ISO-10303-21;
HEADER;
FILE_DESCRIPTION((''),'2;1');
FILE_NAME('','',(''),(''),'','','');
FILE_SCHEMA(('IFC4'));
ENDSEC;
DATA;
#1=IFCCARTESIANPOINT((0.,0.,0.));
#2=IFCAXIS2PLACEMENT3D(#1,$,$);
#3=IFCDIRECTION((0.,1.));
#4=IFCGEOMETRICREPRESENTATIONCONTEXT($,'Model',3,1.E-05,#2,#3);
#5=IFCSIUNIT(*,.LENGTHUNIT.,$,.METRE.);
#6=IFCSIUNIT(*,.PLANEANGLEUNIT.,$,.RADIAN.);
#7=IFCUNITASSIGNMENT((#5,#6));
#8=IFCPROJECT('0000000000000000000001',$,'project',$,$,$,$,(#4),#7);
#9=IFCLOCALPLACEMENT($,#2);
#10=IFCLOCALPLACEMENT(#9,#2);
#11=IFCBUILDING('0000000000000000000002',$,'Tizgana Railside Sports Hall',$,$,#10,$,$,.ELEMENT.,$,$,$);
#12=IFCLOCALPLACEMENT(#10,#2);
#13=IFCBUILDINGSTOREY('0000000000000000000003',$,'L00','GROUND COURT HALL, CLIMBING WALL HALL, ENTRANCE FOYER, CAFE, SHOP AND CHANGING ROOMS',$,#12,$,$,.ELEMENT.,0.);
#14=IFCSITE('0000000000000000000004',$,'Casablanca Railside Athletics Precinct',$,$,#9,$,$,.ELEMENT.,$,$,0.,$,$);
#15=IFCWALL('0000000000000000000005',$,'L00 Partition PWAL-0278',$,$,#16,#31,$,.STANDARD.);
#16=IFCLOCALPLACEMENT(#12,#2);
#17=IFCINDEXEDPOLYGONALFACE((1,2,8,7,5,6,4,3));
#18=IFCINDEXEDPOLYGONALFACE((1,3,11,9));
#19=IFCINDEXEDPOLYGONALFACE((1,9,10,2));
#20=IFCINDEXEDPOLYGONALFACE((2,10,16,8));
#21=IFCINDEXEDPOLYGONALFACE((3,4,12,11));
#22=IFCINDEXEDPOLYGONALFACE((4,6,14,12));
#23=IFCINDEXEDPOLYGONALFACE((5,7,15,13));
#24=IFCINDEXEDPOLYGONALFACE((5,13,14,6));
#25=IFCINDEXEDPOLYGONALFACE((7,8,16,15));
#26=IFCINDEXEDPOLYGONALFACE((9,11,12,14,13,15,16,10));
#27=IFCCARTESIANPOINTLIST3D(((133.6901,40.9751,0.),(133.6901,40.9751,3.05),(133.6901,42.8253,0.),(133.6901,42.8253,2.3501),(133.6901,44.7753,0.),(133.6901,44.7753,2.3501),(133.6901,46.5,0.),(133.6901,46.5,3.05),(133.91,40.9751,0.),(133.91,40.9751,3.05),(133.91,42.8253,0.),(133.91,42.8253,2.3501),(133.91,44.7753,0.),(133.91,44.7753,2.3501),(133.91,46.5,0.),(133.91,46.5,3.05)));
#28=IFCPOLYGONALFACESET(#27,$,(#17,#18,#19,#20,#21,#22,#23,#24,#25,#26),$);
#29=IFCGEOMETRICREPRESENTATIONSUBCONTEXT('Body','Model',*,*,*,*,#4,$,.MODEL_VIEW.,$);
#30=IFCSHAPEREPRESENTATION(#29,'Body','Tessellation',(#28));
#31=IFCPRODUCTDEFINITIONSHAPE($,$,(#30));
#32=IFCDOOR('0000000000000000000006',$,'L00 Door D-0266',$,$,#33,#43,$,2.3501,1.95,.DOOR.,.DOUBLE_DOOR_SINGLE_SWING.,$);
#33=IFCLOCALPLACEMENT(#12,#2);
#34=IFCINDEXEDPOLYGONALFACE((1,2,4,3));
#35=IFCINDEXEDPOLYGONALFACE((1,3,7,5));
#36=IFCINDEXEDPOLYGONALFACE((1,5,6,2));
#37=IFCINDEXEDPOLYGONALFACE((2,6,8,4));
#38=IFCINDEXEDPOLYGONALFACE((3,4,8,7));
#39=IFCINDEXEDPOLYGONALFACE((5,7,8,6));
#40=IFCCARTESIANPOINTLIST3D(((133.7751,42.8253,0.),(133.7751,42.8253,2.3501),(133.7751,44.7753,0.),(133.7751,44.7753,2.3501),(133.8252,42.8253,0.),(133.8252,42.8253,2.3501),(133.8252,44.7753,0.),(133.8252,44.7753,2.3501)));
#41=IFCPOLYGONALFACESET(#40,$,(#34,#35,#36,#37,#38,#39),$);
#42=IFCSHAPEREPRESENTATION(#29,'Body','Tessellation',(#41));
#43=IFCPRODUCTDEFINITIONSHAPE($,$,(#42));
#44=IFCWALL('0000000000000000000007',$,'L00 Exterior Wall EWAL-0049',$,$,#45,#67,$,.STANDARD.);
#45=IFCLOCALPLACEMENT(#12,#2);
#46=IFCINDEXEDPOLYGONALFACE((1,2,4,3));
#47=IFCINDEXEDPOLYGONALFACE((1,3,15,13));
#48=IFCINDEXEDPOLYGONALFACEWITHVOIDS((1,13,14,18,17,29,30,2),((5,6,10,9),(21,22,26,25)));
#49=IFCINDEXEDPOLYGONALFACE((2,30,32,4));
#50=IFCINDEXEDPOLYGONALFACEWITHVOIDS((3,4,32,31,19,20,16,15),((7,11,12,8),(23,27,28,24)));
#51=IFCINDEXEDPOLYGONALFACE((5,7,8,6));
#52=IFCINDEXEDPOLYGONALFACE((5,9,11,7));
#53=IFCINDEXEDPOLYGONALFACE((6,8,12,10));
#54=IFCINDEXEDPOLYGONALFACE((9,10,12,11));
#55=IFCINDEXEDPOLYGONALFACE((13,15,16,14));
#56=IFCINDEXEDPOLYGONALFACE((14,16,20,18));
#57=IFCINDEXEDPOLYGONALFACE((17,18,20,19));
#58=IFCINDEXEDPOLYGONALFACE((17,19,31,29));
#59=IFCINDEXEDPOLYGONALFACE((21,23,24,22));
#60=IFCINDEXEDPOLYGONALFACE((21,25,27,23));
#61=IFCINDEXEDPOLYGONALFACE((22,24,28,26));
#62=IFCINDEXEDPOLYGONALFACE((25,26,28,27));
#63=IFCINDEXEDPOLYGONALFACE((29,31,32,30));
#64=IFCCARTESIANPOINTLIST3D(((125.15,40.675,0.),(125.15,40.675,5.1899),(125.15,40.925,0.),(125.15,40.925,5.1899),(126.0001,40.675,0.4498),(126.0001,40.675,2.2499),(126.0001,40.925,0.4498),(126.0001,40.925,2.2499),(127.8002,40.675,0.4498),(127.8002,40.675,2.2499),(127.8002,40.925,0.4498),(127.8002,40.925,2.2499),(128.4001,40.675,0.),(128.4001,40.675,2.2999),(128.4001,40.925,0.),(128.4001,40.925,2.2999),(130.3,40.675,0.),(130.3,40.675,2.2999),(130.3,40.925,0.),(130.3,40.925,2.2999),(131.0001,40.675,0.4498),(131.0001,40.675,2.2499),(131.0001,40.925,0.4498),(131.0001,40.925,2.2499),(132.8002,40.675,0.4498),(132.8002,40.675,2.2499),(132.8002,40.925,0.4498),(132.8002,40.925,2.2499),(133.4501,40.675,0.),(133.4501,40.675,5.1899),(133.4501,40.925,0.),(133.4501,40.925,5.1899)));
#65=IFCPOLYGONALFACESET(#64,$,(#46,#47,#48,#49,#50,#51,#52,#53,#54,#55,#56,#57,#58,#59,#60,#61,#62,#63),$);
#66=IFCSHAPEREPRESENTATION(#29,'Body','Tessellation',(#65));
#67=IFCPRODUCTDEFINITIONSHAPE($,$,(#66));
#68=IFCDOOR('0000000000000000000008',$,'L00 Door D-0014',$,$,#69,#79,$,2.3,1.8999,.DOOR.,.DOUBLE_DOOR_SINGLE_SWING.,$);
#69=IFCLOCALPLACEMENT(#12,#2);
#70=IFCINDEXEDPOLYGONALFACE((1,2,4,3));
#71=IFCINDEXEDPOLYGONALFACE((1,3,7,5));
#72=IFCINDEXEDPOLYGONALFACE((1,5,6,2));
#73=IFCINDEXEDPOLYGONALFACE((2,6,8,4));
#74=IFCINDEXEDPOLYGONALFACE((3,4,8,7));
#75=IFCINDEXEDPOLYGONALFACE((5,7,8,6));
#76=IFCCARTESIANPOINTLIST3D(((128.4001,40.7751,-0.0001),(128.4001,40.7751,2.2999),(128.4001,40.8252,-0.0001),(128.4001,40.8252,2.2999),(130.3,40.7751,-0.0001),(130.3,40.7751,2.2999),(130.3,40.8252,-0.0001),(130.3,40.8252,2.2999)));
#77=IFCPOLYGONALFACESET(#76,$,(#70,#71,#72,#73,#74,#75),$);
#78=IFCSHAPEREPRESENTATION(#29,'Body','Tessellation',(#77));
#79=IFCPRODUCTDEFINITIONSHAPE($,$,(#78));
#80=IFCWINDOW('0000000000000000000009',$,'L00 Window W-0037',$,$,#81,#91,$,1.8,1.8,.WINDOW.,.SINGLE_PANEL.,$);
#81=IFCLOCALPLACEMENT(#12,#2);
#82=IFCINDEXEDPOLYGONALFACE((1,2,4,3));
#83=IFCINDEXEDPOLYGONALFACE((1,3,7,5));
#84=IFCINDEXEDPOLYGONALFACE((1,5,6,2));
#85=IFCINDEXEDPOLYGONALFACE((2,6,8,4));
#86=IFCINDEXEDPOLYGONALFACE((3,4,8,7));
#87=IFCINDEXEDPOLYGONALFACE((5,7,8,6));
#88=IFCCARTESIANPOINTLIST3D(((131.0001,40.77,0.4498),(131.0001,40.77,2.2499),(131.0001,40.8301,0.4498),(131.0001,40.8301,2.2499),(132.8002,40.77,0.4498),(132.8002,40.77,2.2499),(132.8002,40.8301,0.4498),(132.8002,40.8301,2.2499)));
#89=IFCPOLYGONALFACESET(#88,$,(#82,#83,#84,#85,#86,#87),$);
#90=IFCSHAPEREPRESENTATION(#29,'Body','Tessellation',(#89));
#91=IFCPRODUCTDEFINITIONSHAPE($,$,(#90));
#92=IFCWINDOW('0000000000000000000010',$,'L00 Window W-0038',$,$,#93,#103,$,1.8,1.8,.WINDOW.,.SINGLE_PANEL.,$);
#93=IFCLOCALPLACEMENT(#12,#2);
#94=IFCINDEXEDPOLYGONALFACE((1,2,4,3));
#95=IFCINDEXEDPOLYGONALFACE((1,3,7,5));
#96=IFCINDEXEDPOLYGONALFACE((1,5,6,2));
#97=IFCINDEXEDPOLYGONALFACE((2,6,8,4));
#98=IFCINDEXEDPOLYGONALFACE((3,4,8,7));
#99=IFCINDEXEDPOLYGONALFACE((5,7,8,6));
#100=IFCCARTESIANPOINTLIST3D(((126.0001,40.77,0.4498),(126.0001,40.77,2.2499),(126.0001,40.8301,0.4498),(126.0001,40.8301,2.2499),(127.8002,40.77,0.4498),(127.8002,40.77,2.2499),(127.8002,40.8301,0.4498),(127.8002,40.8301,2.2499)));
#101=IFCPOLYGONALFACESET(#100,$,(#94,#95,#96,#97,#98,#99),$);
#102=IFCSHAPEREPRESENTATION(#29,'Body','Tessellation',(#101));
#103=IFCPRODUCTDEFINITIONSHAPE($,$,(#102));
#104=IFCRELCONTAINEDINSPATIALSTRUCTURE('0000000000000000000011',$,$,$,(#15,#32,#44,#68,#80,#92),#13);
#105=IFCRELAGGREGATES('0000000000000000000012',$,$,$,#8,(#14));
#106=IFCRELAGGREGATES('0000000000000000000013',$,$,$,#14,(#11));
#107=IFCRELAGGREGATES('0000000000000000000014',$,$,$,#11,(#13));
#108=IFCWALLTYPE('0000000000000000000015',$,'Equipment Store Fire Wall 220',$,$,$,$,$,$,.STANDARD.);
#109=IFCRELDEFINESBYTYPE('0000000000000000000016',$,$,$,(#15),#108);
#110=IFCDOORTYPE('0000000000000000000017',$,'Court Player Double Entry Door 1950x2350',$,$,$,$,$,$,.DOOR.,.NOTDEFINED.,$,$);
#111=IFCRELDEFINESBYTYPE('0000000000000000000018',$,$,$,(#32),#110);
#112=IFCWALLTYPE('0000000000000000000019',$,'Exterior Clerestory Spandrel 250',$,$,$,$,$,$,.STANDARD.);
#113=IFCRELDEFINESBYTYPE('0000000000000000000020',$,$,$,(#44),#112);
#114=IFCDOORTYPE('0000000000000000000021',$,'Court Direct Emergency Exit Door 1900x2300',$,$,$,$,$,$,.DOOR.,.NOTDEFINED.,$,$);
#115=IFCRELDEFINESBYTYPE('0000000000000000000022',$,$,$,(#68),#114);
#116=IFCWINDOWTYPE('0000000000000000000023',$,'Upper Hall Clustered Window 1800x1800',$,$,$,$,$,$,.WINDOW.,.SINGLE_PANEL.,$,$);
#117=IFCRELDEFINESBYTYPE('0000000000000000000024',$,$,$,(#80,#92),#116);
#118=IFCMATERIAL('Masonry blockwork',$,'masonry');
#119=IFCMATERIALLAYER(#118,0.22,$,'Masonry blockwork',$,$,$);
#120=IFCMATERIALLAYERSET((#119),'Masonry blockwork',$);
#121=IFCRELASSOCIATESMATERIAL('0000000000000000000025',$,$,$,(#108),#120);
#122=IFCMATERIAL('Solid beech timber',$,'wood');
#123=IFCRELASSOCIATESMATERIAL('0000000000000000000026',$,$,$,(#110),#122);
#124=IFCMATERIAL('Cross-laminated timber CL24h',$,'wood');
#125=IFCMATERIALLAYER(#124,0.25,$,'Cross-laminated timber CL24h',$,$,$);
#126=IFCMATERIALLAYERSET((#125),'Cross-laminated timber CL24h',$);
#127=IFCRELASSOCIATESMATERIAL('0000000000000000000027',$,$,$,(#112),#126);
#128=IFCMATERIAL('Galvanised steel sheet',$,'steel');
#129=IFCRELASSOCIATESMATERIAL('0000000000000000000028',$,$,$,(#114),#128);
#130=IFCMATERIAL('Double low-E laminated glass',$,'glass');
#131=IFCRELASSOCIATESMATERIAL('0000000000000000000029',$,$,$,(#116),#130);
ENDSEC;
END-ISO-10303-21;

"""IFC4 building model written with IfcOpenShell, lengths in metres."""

from ifc_helpers import new_model, si_unit, direction, frame, frame_2d, origin, place, context, subcontext, project, spatial, rectangle, extrude, material, layer, layer_set, type_object, element, fill, save


model = new_model("IFC4")

# Units and contexts
model_context = context("Model", 3, precision=1e-05, world=origin(), true_north=direction((0.0, 1.0)))
body_context = subcontext(model_context, "Body", "Model", "MODEL_VIEW")
ifc_project = project(units=[si_unit("LENGTHUNIT", "METRE"), si_unit("PLANEANGLEUNIT", "RADIAN")], contexts=[model_context])

# Site, building, storey
site_placement = place(None, origin())
site = spatial("IfcSite", under=ifc_project, at=site_placement, Name="Casablanca Railside Athletics Precinct", CompositionType="ELEMENT", RefElevation=0.0)
building_placement = place(site_placement, origin())
building = spatial("IfcBuilding", under=site, at=building_placement, Name="Tizgana Railside Sports Hall", CompositionType="ELEMENT")
storey_placement = place(building_placement, origin())
storey = spatial("IfcBuildingStorey", under=building, at=storey_placement, Name="L00", Description="GROUND COURT HALL, CLIMBING WALL HALL, ENTRANCE FOYER, CAFE, SHOP AND CHANGING ROOMS", CompositionType="ELEMENT", Elevation=0.0)

# Wall, opening, door
ifc_material_1 = material(Name="Masonry blockwork", Category="masonry")
ifc_layer_1 = layer(ifc_material_1, 0.22, Name="Masonry blockwork")
ifc_layer_set_1 = layer_set([ifc_layer_1], Name="Masonry blockwork")
wall_type_1 = type_object("IfcWallType", Name="Equipment Store Fire Wall 220", PredefinedType="STANDARD", material=ifc_layer_set_1)
wall_1_placement = place(storey_placement, frame((133.8, 40.9751, 0.0), z_axis=(0.0, 0.0, 1.0), x_axis=(0.0, 1.0, 0.0)))
wall_1 = element("IfcWall", 1, at=wall_1_placement, inside=storey, type_object=wall_type_1, Name="L00 Partition PWAL-0278", PredefinedType="STANDARD", context=body_context, shape_type="SweptSolid", body=[
    extrude(rectangle(XDim=5.5249, YDim=0.22, at=frame_2d((2.7625, 0.0))), origin(), (0.0, 0.0, 1.0), 3.05),
])
opening_1_placement = place(wall_1_placement, frame((1.8501, 0.0, 0.0)))
opening_1 = element("IfcOpeningElement", 2, at=opening_1_placement, cuts=wall_1, PredefinedType="OPENING", context=body_context, shape_type="SweptSolid", body=[
    extrude(rectangle(XDim=1.95, YDim=2.3501, at=frame_2d((0.9751, 1.175))), frame((0.0, 0.1199, 0.0), z_axis=(0.0, -1.0, 0.0), x_axis=(1.0, 0.0, 0.0)), (0.0, 0.0, 1.0), 0.24),
])
ifc_material_2 = material(Name="Solid beech timber", Category="wood")
door_type_1 = type_object("IfcDoorType", Name="Court Player Double Entry Door 1950x2350", OperationType="NOTDEFINED", PredefinedType="DOOR", material=ifc_material_2)
door_1_placement = place(opening_1_placement, origin())
door_1 = element("IfcDoor", 3, at=door_1_placement, inside=storey, type_object=door_type_1, Name="L00 Door D-0266", OperationType="DOUBLE_DOOR_SINGLE_SWING", OverallHeight=2.3501, OverallWidth=1.95, PredefinedType="DOOR", context=body_context, shape_type="SweptSolid", body=[
    extrude(rectangle(XDim=1.95, YDim=2.3501, at=frame_2d((0.9751, 1.175))), frame((0.0, 0.0249, 0.0), z_axis=(0.0, -1.0, 0.0), x_axis=(1.0, 0.0, 0.0)), (0.0, 0.0, 1.0), 0.05),
])
fill(opening_1, door_1)

# Wall, openings, door, windows
ifc_material_3 = material(Name="Cross-laminated timber CL24h", Category="wood")
ifc_layer_2 = layer(ifc_material_3, 0.25, Name="Cross-laminated timber CL24h")
ifc_layer_set_2 = layer_set([ifc_layer_2], Name="Cross-laminated timber CL24h")
wall_type_2 = type_object("IfcWallType", Name="Exterior Clerestory Spandrel 250", PredefinedType="STANDARD", material=ifc_layer_set_2)
wall_2_placement = place(storey_placement, frame((133.45, 40.8, 0.0), z_axis=(0.0, 0.0, 1.0), x_axis=(-1.0, 0.0, 0.0)))
wall_2 = element("IfcWall", 4, at=wall_2_placement, inside=storey, type_object=wall_type_2, Name="L00 Exterior Wall EWAL-0049", PredefinedType="STANDARD", context=body_context, shape_type="SweptSolid", body=[
    extrude(rectangle(XDim=8.3, YDim=0.25, at=frame_2d((4.1499, 0.0))), origin(), (0.0, 0.0, 1.0), 5.1899),
])
opening_2_placement = place(wall_2_placement, frame((3.1499, 0.0, 0.0)))
opening_2 = element("IfcOpeningElement", 5, at=opening_2_placement, cuts=wall_2, PredefinedType="OPENING", context=body_context, shape_type="SweptSolid", body=[
    extrude(rectangle(XDim=1.8999, YDim=2.3, at=frame_2d((0.95, 1.1499))), frame((0.0, 0.135, 0.0), z_axis=(0.0, -1.0, 0.0), x_axis=(1.0, 0.0, 0.0)), (0.0, 0.0, 1.0), 0.27),
])
opening_3_placement = place(wall_2_placement, frame((0.6499, 0.0, 0.45)))
opening_3 = element("IfcOpeningElement", 6, at=opening_3_placement, cuts=wall_2, PredefinedType="OPENING", context=body_context, shape_type="SweptSolid", body=[
    extrude(rectangle(XDim=1.8, YDim=1.8, at=frame_2d((0.8999, 0.8999))), frame((0.0, 0.135, 0.0), z_axis=(0.0, -1.0, 0.0), x_axis=(1.0, 0.0, 0.0)), (0.0, 0.0, 1.0), 0.27),
])
opening_4_placement = place(wall_2_placement, frame((5.6499, 0.0, 0.45)))
opening_4 = element("IfcOpeningElement", 7, at=opening_4_placement, cuts=wall_2, PredefinedType="OPENING", context=body_context, shape_type="SweptSolid", body=[
    extrude(rectangle(XDim=1.8, YDim=1.8, at=frame_2d((0.8999, 0.8999))), frame((0.0, 0.135, 0.0), z_axis=(0.0, -1.0, 0.0), x_axis=(1.0, 0.0, 0.0)), (0.0, 0.0, 1.0), 0.27),
])
ifc_material_4 = material(Name="Galvanised steel sheet", Category="steel")
door_type_2 = type_object("IfcDoorType", Name="Court Direct Emergency Exit Door 1900x2300", OperationType="NOTDEFINED", PredefinedType="DOOR", material=ifc_material_4)
door_2_placement = place(opening_2_placement, origin())
door_2 = element("IfcDoor", 8, at=door_2_placement, inside=storey, type_object=door_type_2, Name="L00 Door D-0014", OperationType="DOUBLE_DOOR_SINGLE_SWING", OverallHeight=2.3, OverallWidth=1.8999, PredefinedType="DOOR", context=body_context, shape_type="SweptSolid", body=[
    extrude(rectangle(XDim=1.8999, YDim=2.3, at=frame_2d((0.95, 1.1499))), frame((0.0, 0.0249, 0.0), z_axis=(0.0, -1.0, 0.0), x_axis=(1.0, 0.0, 0.0)), (0.0, 0.0, 1.0), 0.05),
])
fill(opening_2, door_2)
ifc_material_5 = material(Name="Double low-E laminated glass", Category="glass")
window_type = type_object("IfcWindowType", Name="Upper Hall Clustered Window 1800x1800", PartitioningType="SINGLE_PANEL", PredefinedType="WINDOW", material=ifc_material_5)
window_1_placement = place(opening_3_placement, origin())
window_1 = element("IfcWindow", 9, at=window_1_placement, inside=storey, type_object=window_type, Name="L00 Window W-0037", OverallHeight=1.8, OverallWidth=1.8, PartitioningType="SINGLE_PANEL", PredefinedType="WINDOW", context=body_context, shape_type="SweptSolid", body=[
    extrude(rectangle(XDim=1.8, YDim=1.8, at=frame_2d((0.8999, 0.8999))), frame((0.0, 0.03, 0.0), z_axis=(0.0, -1.0, 0.0), x_axis=(1.0, 0.0, 0.0)), (0.0, 0.0, 1.0), 0.0601),
])
fill(opening_3, window_1)
window_2_placement = place(opening_4_placement, origin())
window_2 = element("IfcWindow", 10, at=window_2_placement, inside=storey, type_object=window_type, Name="L00 Window W-0038", OverallHeight=1.8, OverallWidth=1.8, PartitioningType="SINGLE_PANEL", PredefinedType="WINDOW", context=body_context, shape_type="SweptSolid", body=[
    extrude(rectangle(XDim=1.8, YDim=1.8, at=frame_2d((0.8999, 0.8999))), frame((0.0, 0.03, 0.0), z_axis=(0.0, -1.0, 0.0), x_axis=(1.0, 0.0, 0.0)), (0.0, 0.0, 1.0), 0.0601),
])
fill(opening_4, window_2)

save(model, "model.ifc")
